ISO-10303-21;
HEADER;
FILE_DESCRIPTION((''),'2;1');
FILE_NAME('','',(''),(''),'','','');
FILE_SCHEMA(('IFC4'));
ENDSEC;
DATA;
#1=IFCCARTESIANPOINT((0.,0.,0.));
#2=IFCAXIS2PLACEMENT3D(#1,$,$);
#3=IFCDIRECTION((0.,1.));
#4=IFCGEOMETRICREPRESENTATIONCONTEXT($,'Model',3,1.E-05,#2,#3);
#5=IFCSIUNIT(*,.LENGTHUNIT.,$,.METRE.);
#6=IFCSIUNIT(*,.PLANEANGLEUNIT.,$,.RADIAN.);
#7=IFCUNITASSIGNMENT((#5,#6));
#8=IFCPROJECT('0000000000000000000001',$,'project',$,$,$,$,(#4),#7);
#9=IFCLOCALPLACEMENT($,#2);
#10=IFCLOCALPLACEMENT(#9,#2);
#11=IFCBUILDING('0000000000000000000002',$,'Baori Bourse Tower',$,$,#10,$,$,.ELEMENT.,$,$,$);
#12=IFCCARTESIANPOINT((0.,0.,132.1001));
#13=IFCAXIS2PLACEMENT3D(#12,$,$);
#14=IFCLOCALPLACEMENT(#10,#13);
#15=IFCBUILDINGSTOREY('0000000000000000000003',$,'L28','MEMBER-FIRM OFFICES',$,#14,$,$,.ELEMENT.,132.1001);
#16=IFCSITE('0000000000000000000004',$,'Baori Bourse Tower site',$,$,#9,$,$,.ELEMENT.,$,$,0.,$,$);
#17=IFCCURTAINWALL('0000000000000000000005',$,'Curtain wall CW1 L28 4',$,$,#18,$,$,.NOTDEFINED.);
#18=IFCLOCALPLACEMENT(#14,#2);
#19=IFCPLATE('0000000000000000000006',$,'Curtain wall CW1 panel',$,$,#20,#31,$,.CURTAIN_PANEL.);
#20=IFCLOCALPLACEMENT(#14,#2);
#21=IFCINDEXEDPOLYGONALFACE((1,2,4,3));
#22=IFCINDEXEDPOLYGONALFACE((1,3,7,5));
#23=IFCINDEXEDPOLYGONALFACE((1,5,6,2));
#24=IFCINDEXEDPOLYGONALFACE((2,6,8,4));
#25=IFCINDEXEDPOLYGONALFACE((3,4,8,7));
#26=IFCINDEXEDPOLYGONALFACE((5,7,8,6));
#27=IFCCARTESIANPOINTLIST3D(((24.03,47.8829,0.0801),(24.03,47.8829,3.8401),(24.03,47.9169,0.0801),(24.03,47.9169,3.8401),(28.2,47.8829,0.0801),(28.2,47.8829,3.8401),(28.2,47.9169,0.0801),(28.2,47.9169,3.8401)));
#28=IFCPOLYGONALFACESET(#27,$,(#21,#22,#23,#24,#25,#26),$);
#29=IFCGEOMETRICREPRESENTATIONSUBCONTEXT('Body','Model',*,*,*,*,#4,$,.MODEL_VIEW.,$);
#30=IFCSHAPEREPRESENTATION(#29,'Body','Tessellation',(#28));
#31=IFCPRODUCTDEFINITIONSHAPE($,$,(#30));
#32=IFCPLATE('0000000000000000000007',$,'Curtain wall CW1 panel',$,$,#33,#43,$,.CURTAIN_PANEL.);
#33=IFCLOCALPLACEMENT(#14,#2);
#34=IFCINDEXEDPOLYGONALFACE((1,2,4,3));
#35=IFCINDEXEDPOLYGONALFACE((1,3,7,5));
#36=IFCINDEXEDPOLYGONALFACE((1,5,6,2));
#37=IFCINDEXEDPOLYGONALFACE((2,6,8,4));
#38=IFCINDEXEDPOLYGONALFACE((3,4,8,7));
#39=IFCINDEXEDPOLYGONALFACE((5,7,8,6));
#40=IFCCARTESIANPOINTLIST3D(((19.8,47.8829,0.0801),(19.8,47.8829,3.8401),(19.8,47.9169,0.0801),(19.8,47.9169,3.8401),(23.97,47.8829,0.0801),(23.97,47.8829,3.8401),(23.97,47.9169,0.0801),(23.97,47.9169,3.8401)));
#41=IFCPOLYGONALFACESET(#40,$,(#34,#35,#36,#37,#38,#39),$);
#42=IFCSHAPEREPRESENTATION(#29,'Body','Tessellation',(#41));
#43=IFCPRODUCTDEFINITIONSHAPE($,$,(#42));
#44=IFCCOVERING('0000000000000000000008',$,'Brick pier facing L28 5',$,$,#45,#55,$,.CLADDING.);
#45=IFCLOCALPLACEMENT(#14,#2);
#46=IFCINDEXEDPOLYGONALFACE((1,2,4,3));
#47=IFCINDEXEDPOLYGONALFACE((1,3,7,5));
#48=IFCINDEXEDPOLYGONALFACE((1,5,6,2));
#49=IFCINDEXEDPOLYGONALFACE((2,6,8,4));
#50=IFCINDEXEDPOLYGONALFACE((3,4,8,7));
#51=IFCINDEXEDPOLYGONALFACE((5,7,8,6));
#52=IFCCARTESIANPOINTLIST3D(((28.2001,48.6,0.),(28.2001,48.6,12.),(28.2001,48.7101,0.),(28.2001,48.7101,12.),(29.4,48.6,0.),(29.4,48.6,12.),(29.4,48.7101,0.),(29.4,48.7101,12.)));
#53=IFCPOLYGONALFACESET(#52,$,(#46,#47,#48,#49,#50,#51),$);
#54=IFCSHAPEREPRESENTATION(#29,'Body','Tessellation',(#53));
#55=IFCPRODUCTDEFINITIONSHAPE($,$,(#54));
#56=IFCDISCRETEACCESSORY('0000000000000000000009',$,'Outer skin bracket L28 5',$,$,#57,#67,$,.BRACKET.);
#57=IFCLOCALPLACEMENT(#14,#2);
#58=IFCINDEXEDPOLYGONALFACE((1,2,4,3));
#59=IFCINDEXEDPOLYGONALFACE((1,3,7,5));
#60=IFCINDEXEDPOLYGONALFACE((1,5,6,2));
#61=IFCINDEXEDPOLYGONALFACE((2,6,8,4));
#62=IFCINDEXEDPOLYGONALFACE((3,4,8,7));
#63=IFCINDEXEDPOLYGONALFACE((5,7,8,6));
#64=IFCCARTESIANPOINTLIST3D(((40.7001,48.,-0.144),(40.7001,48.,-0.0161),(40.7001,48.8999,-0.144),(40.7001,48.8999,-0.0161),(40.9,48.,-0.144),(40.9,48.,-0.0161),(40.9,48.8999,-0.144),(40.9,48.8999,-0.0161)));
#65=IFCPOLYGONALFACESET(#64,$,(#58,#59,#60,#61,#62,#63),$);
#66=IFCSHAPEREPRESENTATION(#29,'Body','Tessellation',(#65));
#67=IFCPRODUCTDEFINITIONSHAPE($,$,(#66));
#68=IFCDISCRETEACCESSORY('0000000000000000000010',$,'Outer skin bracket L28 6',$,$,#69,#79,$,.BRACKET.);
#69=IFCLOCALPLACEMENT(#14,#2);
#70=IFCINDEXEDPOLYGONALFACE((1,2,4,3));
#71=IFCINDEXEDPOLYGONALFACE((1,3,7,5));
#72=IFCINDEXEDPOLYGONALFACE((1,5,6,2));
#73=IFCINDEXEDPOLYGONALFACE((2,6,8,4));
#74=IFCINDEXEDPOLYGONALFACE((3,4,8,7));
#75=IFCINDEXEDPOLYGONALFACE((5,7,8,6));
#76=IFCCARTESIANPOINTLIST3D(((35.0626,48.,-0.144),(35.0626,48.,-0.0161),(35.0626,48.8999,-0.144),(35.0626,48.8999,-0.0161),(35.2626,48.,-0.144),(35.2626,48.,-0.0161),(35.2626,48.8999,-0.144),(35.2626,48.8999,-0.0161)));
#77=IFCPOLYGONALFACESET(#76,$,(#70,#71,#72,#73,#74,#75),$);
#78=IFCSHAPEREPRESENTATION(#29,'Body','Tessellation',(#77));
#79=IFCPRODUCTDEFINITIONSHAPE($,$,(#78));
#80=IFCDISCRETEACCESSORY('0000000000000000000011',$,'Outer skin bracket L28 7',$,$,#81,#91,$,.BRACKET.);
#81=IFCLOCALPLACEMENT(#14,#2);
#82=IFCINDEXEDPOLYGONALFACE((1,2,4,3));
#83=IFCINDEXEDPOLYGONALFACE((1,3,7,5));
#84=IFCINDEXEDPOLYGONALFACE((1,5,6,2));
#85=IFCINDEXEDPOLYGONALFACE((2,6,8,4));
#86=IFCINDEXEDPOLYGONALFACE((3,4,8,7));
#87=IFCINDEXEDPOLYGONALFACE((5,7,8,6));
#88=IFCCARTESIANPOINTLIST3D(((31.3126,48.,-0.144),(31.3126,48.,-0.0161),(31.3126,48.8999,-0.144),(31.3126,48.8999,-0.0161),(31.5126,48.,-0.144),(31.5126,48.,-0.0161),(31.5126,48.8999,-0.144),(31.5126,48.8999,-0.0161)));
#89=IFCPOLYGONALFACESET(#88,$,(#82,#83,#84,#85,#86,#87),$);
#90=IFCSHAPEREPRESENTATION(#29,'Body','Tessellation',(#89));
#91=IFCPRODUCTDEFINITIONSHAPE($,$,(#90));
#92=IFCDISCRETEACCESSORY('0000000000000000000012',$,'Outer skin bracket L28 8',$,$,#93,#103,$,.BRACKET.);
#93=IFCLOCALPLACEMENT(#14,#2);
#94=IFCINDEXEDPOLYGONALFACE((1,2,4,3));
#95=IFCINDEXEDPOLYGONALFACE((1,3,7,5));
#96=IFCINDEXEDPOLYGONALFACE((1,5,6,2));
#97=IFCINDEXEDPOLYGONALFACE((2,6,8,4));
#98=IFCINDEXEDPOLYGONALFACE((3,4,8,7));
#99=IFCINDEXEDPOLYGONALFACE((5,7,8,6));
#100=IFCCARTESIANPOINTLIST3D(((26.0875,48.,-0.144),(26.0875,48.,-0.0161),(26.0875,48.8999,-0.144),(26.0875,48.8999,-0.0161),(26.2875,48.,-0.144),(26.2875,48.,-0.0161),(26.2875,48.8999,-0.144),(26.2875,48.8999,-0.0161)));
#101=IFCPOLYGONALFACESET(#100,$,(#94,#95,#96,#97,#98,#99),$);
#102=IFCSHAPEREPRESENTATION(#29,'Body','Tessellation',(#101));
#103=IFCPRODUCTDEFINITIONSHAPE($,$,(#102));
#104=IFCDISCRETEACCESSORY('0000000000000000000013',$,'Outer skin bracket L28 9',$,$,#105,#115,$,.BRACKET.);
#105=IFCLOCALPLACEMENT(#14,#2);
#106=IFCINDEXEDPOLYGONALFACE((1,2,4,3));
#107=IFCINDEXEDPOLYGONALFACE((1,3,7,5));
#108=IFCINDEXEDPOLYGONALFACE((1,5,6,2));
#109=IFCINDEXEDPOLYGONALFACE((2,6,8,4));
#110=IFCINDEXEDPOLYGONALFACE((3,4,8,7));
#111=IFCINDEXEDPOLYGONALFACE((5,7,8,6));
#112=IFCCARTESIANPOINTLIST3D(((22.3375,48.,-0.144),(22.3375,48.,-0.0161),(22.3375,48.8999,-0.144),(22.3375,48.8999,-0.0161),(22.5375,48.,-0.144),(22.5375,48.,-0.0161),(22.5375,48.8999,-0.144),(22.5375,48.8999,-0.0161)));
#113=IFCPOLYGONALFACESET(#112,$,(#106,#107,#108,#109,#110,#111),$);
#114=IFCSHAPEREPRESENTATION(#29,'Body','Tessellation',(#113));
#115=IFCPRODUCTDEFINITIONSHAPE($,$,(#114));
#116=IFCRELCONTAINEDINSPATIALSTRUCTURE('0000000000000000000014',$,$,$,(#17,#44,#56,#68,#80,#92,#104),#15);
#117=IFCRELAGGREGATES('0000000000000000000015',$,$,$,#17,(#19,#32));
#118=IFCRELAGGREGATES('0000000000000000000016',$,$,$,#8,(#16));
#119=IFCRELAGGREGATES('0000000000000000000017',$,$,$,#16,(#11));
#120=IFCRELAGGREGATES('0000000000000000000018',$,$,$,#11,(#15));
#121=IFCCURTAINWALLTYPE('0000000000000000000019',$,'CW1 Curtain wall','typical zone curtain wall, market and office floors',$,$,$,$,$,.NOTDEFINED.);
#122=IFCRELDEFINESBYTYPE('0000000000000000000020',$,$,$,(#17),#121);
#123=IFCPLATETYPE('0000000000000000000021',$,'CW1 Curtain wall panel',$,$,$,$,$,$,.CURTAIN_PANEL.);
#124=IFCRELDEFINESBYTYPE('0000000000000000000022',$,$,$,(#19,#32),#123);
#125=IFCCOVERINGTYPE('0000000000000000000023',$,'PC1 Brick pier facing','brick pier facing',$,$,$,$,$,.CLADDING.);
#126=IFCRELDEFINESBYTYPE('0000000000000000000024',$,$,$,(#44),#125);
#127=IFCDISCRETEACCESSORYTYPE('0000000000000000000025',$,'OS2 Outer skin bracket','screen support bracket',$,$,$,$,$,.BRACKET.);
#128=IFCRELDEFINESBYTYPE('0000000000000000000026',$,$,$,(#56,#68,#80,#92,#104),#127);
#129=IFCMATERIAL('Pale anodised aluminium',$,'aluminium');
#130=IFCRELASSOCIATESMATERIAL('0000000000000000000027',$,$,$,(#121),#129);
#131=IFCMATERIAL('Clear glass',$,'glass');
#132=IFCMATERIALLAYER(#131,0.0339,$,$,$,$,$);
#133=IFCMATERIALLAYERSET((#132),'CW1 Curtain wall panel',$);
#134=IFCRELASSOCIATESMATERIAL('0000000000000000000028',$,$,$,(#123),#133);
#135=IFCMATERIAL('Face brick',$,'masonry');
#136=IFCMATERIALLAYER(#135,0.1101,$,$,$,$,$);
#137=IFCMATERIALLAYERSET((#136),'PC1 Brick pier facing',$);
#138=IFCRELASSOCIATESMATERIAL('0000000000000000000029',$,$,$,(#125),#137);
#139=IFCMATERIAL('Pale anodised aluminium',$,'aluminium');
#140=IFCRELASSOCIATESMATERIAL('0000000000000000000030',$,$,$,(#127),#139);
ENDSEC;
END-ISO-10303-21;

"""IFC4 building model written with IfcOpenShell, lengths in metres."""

from ifc_helpers import new_model, si_unit, direction, frame, origin, origin_2d, place, context, subcontext, project, spatial, rectangle, extrude, material, layer, layer_set, type_object, element, aggregate, save


model = new_model("IFC4")

# Units and contexts
model_context = context("Model", 3, precision=1e-05, world=origin(), true_north=direction((0.0, 1.0)))
body_context = subcontext(model_context, "Body", "Model", "MODEL_VIEW")
ifc_project = project(units=[si_unit("LENGTHUNIT", "METRE"), si_unit("PLANEANGLEUNIT", "RADIAN")], contexts=[model_context])

# Site, building, storey
site_placement = place(None, origin())
site = spatial("IfcSite", under=ifc_project, at=site_placement, Name="Baori Bourse Tower site", CompositionType="ELEMENT", RefElevation=0.0)
building_placement = place(site_placement, origin())
building = spatial("IfcBuilding", under=site, at=building_placement, Name="Baori Bourse Tower", CompositionType="ELEMENT")
storey_placement = place(building_placement, frame((0.0, 0.0, 132.1001)))
storey = spatial("IfcBuildingStorey", under=building, at=storey_placement, Name="L28", Description="MEMBER-FIRM OFFICES", CompositionType="ELEMENT", Elevation=132.1001)

# Curtain wall
ifc_material_1 = material(Name="Pale anodised aluminium", Category="aluminium")
curtain_wall_type = type_object("IfcCurtainWallType", Name="CW1 Curtain wall", Description="typical zone curtain wall, market and office floors", PredefinedType="NOTDEFINED", material=ifc_material_1)
curtain_wall_placement = place(storey_placement, origin())
curtain_wall = element("IfcCurtainWall", 1, at=curtain_wall_placement, inside=storey, type_object=curtain_wall_type, Name="Curtain wall CW1 L28 4", PredefinedType="NOTDEFINED")

# Plates
ifc_material_2 = material(Name="Clear glass", Category="glass")
ifc_layer_1 = layer(ifc_material_2, 0.0339)
ifc_layer_set_1 = layer_set([ifc_layer_1], Name="CW1 Curtain wall panel")
plate_type = type_object("IfcPlateType", Name="CW1 Curtain wall panel", PredefinedType="CURTAIN_PANEL", material=ifc_layer_set_1)
plate_1_placement = place(storey_placement, frame((26.115, 47.8999, 0.0801), z_axis=(0.0, 0.0, 1.0), x_axis=(-1.0, 0.0, 0.0)))
plate_1 = element("IfcPlate", 2, at=plate_1_placement, type_object=plate_type, Name="Curtain wall CW1 panel", PredefinedType="CURTAIN_PANEL", context=body_context, shape_type="SweptSolid", body=[
    extrude(rectangle(XDim=4.1699, YDim=0.0339, at=origin_2d()), origin(), (0.0, 0.0, 1.0), 3.76),
])
plate_2_placement = place(storey_placement, frame((21.885, 47.8999, 0.0801), z_axis=(0.0, 0.0, 1.0), x_axis=(-1.0, 0.0, 0.0)))
plate_2 = element("IfcPlate", 3, at=plate_2_placement, type_object=plate_type, Name="Curtain wall CW1 panel", PredefinedType="CURTAIN_PANEL", context=body_context, shape_type="SweptSolid", body=[
    extrude(rectangle(XDim=4.1699, YDim=0.0339, at=origin_2d()), origin(), (0.0, 0.0, 1.0), 3.76),
])
aggregate(curtain_wall, [plate_1, plate_2])

# Covering
ifc_material_3 = material(Name="Face brick", Category="masonry")
ifc_layer_2 = layer(ifc_material_3, 0.1101)
ifc_layer_set_2 = layer_set([ifc_layer_2], Name="PC1 Brick pier facing")
covering_type = type_object("IfcCoveringType", Name="PC1 Brick pier facing", Description="brick pier facing", PredefinedType="CLADDING", material=ifc_layer_set_2)
covering_placement = place(storey_placement, frame((28.8, 48.655, 0.0), z_axis=(0.0, 0.0, 1.0), x_axis=(1.0, 0.0, 0.0)))
element("IfcCovering", 4, at=covering_placement, inside=storey, type_object=covering_type, Name="Brick pier facing L28 5", PredefinedType="CLADDING", context=body_context, shape_type="SweptSolid", body=[
    extrude(rectangle(XDim=1.2, YDim=0.1101, at=origin_2d()), origin(), (0.0, 0.0, 1.0), 12.0),
])

# Discrete accessories
ifc_material_4 = material(Name="Pale anodised aluminium", Category="aluminium")
discrete_accessory_type = type_object("IfcDiscreteAccessoryType", Name="OS2 Outer skin bracket", Description="screen support bracket", PredefinedType="BRACKET", material=ifc_material_4)
for number, where, z_axis, x_axis, name in (
    (5, (40.8, 48.45, -0.144), (0.0, 0.0, 1.0), (-1.0, 0.0, 0.0), "Outer skin bracket L28 5"),
    (6, (35.1626, 48.45, -0.144), (0.0, 0.0, 1.0), (-1.0, 0.0, 0.0), "Outer skin bracket L28 6"),
    (7, (31.4126, 48.45, -0.144), (0.0, 0.0, 1.0), (-1.0, 0.0, 0.0), "Outer skin bracket L28 7"),
    (8, (26.1875, 48.45, -0.144), (0.0, 0.0, 1.0), (-1.0, 0.0, 0.0), "Outer skin bracket L28 8"),
    (9, (22.4375, 48.45, -0.144), (0.0, 0.0, 1.0), (-1.0, 0.0, 0.0), "Outer skin bracket L28 9"),
):
    element("IfcDiscreteAccessory", number, at=place(storey_placement, frame(where, z_axis=z_axis, x_axis=x_axis)), inside=storey, type_object=discrete_accessory_type, Name=name, PredefinedType="BRACKET", context=body_context, shape_type="SweptSolid", body=[
        extrude(rectangle(XDim=0.2, YDim=0.8999, at=origin_2d()), origin(), (0.0, 0.0, 1.0), 0.1279),
    ])

save(model, "model.ifc")
